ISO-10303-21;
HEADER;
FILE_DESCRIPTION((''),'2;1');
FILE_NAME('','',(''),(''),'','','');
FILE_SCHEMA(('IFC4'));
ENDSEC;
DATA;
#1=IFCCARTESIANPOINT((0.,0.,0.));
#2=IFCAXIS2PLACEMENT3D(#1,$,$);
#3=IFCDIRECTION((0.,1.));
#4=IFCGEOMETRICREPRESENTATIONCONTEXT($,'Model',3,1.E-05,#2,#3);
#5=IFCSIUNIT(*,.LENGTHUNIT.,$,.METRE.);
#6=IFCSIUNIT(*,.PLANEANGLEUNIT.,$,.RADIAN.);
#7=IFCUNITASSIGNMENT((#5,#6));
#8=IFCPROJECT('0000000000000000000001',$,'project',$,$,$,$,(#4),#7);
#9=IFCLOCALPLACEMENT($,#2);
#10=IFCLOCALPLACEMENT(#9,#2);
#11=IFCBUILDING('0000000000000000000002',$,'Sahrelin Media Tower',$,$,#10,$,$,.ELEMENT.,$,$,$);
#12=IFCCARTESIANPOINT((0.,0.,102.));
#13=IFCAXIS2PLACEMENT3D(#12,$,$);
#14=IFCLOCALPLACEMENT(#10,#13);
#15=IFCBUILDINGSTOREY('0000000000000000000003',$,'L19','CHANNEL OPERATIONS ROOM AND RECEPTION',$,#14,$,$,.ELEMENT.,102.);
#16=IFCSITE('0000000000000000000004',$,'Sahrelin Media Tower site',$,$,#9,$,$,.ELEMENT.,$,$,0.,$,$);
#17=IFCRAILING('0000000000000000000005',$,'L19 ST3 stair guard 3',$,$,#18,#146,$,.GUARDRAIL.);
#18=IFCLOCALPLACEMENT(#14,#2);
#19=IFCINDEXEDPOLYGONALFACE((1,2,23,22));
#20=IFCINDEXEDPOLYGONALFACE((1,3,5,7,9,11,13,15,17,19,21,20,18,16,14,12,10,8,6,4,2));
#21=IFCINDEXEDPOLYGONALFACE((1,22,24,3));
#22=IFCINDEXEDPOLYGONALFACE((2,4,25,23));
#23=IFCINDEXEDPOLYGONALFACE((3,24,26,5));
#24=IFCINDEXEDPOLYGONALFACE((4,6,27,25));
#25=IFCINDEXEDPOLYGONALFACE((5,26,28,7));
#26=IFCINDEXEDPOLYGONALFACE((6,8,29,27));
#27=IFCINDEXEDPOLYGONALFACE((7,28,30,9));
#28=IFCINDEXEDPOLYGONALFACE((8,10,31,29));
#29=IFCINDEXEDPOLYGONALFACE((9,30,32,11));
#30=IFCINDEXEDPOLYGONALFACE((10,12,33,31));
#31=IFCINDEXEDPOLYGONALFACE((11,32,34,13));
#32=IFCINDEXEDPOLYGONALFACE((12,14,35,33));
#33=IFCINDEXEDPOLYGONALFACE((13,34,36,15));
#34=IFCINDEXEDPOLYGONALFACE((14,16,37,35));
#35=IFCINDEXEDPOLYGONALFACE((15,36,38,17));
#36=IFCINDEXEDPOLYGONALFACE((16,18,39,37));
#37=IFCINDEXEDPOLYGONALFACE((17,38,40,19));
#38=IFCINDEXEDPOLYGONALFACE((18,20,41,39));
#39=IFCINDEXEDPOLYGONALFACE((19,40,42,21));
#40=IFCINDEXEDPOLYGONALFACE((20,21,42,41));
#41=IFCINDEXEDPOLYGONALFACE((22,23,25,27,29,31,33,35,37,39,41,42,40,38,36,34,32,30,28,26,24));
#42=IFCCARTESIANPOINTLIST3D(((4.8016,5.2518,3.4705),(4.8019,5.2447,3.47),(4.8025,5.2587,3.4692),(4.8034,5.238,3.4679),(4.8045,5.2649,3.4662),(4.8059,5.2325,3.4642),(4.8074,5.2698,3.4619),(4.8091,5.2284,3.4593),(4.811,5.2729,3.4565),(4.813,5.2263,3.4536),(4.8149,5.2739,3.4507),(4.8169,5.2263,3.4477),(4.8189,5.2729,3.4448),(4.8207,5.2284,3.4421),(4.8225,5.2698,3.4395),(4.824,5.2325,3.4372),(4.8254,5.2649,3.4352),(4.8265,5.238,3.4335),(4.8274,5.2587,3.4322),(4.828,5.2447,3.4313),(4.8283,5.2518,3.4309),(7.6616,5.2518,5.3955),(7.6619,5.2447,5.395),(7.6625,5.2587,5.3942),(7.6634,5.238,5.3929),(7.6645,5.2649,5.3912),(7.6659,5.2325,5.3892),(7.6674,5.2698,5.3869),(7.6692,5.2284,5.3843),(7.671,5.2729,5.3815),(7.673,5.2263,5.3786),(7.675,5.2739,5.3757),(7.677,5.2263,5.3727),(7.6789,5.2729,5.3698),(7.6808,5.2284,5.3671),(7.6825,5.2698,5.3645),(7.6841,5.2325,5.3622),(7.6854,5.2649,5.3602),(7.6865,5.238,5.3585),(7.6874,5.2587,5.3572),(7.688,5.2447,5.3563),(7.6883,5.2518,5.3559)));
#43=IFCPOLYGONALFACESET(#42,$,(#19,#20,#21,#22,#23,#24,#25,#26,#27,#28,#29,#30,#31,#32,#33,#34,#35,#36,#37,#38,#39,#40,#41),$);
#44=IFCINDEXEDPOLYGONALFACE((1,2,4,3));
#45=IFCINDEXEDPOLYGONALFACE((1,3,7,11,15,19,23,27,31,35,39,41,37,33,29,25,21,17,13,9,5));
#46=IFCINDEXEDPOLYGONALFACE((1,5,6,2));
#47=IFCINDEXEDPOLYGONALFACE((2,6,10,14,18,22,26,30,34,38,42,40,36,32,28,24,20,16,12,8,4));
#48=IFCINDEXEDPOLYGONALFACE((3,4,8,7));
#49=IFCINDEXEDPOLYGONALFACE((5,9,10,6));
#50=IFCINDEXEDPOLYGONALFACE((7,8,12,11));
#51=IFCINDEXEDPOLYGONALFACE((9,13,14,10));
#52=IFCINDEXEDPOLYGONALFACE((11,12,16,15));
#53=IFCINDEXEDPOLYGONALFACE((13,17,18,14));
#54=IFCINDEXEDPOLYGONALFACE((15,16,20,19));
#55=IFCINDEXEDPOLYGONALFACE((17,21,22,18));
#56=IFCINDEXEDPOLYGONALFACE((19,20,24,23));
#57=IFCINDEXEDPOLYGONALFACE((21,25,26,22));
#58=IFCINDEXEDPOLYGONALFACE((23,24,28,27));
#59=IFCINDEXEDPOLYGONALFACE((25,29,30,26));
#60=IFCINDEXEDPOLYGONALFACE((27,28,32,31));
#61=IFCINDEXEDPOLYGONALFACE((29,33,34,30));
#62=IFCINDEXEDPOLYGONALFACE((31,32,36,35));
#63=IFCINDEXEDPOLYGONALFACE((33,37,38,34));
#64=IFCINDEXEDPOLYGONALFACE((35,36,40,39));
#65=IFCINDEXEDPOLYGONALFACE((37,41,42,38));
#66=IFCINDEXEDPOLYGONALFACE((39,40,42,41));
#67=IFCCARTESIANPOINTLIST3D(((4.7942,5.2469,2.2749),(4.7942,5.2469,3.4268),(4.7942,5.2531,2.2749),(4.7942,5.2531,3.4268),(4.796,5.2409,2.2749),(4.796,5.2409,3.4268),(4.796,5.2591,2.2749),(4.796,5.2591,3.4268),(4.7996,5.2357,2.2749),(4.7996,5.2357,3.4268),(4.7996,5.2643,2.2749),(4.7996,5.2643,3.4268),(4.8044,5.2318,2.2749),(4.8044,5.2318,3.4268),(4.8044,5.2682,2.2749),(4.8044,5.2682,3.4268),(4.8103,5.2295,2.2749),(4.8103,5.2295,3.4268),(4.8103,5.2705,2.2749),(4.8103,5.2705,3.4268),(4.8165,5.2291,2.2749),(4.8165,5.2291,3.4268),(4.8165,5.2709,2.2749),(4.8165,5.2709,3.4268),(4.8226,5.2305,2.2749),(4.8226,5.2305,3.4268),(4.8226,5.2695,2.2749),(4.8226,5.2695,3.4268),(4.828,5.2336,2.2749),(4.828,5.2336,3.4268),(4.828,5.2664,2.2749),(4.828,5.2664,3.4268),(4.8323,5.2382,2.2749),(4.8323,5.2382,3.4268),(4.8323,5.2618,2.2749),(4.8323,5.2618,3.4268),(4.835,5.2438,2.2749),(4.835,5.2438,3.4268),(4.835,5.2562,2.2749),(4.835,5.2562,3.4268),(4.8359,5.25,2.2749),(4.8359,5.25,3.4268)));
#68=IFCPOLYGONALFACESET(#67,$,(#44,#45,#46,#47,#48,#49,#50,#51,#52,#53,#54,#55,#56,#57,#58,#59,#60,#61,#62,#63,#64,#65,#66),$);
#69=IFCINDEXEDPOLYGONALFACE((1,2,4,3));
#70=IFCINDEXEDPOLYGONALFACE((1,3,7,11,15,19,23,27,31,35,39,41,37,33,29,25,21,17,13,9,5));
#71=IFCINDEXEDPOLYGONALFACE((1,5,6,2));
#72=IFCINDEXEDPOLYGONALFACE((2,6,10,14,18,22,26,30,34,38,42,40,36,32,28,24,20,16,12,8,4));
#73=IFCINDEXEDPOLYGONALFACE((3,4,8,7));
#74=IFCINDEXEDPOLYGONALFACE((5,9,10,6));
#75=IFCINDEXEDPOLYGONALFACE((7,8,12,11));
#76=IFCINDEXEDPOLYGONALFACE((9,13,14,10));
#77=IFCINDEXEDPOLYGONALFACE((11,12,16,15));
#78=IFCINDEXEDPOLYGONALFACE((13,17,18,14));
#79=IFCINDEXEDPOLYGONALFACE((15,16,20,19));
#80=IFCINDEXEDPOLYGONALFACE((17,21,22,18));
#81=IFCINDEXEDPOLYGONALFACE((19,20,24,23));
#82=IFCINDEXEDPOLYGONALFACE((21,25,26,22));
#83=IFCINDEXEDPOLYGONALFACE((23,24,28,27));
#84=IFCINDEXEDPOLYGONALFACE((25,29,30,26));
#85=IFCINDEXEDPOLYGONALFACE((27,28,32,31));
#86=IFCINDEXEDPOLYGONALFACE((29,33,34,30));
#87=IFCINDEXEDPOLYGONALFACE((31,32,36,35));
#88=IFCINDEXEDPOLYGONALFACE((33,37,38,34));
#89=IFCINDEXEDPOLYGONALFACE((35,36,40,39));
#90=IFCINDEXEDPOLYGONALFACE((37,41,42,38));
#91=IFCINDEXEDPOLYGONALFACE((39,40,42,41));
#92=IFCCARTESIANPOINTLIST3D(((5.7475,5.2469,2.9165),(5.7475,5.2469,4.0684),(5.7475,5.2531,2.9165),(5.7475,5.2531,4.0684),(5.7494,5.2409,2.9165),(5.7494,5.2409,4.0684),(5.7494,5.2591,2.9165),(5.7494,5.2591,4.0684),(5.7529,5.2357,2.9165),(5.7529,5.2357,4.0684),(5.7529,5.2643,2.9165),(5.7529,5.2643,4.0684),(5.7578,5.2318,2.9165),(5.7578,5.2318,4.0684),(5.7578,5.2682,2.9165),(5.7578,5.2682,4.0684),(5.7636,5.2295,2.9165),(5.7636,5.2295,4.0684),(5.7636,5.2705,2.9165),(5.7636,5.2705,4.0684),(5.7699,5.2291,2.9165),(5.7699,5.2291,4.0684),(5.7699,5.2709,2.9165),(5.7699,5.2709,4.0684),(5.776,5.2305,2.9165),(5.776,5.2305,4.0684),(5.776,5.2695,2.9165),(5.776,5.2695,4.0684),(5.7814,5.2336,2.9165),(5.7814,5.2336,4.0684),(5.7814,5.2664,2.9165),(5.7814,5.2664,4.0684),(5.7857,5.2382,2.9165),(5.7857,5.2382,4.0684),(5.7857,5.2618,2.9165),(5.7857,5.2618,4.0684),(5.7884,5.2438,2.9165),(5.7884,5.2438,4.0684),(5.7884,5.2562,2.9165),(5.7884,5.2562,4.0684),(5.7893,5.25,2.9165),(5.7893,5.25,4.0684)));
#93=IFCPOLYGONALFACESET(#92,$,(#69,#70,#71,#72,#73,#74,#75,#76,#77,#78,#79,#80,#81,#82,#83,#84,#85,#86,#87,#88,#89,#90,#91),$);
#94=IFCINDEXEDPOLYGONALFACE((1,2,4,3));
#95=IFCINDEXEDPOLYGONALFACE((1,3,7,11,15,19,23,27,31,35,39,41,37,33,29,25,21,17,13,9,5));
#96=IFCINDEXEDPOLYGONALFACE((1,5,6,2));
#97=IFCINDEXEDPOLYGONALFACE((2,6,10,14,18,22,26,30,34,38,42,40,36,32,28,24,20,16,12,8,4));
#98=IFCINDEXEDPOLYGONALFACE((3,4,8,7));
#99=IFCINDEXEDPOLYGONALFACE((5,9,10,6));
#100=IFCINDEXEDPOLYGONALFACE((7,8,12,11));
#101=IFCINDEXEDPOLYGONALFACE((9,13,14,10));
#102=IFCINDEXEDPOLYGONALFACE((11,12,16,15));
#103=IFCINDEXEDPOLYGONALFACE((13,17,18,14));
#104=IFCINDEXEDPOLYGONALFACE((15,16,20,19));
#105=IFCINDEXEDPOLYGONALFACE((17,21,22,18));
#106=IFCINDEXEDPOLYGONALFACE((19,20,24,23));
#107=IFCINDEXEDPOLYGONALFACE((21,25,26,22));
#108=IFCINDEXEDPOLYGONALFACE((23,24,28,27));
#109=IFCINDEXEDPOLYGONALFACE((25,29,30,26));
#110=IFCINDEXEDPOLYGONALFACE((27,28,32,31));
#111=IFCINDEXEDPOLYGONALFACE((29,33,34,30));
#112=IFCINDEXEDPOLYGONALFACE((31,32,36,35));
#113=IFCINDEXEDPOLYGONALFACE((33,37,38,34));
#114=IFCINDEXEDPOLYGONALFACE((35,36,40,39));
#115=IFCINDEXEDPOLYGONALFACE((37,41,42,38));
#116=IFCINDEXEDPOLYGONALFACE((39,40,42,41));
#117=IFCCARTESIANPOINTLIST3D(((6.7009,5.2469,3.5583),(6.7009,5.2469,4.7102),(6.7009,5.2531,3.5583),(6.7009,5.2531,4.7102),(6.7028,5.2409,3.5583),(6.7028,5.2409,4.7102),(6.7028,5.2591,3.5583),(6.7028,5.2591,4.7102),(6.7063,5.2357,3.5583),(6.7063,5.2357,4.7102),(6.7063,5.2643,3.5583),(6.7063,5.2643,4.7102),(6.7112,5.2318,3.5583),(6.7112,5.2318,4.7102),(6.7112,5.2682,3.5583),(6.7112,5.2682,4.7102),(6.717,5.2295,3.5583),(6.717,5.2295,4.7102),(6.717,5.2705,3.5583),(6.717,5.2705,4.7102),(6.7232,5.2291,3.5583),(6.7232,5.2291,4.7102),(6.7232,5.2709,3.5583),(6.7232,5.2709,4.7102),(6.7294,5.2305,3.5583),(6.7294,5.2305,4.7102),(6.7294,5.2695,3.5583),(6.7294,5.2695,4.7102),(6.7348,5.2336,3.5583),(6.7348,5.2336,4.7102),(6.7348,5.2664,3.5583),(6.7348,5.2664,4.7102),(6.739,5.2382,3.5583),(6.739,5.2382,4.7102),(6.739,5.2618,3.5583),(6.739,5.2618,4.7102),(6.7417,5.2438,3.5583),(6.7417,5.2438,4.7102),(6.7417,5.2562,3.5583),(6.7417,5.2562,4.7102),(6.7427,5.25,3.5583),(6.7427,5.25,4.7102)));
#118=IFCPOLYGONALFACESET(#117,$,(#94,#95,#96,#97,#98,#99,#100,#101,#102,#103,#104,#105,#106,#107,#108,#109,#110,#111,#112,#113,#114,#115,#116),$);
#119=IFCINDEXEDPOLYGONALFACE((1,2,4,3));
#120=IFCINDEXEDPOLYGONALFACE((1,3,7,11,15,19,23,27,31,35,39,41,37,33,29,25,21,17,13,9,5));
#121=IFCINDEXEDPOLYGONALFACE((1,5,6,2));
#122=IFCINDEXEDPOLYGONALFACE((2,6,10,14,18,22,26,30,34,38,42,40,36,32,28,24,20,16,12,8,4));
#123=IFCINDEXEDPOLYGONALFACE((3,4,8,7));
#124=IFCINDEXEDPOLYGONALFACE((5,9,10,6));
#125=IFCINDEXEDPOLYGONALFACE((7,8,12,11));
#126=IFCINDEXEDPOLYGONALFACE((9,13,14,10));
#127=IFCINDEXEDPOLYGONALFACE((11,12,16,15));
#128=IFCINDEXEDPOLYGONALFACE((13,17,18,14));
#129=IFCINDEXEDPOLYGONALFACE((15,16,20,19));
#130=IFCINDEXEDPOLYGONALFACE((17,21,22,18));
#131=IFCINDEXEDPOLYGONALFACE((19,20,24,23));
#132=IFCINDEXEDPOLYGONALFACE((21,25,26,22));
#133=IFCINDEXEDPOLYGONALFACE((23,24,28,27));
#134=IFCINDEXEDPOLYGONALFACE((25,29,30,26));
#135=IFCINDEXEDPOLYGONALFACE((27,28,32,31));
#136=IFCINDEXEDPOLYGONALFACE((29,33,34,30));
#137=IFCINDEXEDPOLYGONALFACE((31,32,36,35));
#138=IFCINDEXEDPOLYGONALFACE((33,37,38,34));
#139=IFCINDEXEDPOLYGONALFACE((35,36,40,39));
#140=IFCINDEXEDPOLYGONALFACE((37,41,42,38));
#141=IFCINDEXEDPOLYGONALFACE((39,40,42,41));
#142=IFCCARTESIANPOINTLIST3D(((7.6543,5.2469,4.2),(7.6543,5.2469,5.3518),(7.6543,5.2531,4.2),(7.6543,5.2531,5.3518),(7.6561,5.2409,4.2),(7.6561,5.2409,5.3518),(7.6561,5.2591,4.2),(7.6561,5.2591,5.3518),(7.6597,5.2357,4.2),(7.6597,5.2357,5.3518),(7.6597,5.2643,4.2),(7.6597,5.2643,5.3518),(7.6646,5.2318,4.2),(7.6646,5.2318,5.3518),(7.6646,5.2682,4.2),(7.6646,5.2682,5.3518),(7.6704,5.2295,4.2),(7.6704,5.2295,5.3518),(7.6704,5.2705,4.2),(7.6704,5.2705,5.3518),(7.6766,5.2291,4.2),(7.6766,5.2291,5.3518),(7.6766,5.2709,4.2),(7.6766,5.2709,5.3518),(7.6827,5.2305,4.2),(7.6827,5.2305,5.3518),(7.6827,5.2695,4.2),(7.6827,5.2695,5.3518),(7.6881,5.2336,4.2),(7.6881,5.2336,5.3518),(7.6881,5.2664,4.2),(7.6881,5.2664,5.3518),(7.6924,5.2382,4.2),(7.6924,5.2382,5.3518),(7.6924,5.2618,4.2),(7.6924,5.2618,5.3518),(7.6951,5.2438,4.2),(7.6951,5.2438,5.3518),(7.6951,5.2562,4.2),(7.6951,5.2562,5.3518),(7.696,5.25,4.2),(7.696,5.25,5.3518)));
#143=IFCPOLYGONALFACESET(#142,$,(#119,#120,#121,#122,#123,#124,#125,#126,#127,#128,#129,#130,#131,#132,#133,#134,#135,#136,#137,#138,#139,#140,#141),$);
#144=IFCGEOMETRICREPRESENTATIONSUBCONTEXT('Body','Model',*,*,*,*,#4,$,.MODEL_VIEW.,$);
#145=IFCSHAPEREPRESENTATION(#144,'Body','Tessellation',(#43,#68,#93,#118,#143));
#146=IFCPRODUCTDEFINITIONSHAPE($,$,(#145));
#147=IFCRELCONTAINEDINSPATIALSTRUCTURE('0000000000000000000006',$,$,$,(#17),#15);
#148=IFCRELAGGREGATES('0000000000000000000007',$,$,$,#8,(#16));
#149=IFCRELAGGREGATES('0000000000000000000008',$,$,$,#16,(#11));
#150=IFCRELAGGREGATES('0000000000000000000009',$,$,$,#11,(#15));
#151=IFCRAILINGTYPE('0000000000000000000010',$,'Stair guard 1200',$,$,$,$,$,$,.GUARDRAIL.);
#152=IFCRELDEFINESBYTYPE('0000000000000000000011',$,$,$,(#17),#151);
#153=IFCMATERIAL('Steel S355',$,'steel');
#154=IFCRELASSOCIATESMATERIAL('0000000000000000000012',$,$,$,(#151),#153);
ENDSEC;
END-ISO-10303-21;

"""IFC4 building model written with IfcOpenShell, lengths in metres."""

from ifc_helpers import new_model, si_unit, direction, frame, origin, origin_2d, place, context, subcontext, project, spatial, circle, extrude, material, type_object, element, save


model = new_model("IFC4")

# Units and contexts
model_context = context("Model", 3, precision=1e-05, world=origin(), true_north=direction((0.0, 1.0)))
body_context = subcontext(model_context, "Body", "Model", "MODEL_VIEW")
ifc_project = project(units=[si_unit("LENGTHUNIT", "METRE"), si_unit("PLANEANGLEUNIT", "RADIAN")], contexts=[model_context])

# Site, building, storey
site_placement = place(None, origin())
site = spatial("IfcSite", under=ifc_project, at=site_placement, Name="Sahrelin Media Tower site", CompositionType="ELEMENT", RefElevation=0.0)
building_placement = place(site_placement, origin())
building = spatial("IfcBuilding", under=site, at=building_placement, Name="Sahrelin Media Tower", CompositionType="ELEMENT")
storey_placement = place(building_placement, frame((0.0, 0.0, 102.0)))
storey = spatial("IfcBuildingStorey", under=building, at=storey_placement, Name="L19", Description="CHANNEL OPERATIONS ROOM AND RECEPTION", CompositionType="ELEMENT", Elevation=102.0)

# Shared definitions
ifc_material_1 = material(Name="Steel S355", Category="steel")

# Railing
railing_type_1 = type_object("IfcRailingType", Name="Stair guard 1200", PredefinedType="GUARDRAIL", material=ifc_material_1)
railing_1_placement = place(storey_placement, frame((4.8149, 5.25, 2.2749)))
element("IfcRailing", 1, at=railing_1_placement, inside=storey, type_object=railing_type_1, Name="L19 ST3 stair guard 3", PredefinedType="GUARDRAIL", context=body_context, shape_type="SweptSolid", body=[
    extrude(circle(Radius=0.0239, at=origin_2d()), frame((0.0, 0.0, 1.1758), z_axis=(0.829591, 0.0, 0.558372), x_axis=(0.0, 1.0, 0.0)), (0.0, 0.0, 1.0), 3.4475),
    extrude(circle(Radius=0.021, at=origin_2d()), origin(), (0.0, 0.0, 1.0), 1.1519),
    extrude(circle(Radius=0.021, at=origin_2d()), frame((0.9534, 0.0, 0.6416)), (0.0, 0.0, 1.0), 1.1519),
    extrude(circle(Radius=0.021, at=origin_2d()), frame((1.9067, 0.0, 1.2834)), (0.0, 0.0, 1.0), 1.1519),
    extrude(circle(Radius=0.021, at=origin_2d()), frame((2.8601, 0.0, 1.925)), (0.0, 0.0, 1.0), 1.1519),
])

save(model, "model.ifc")
